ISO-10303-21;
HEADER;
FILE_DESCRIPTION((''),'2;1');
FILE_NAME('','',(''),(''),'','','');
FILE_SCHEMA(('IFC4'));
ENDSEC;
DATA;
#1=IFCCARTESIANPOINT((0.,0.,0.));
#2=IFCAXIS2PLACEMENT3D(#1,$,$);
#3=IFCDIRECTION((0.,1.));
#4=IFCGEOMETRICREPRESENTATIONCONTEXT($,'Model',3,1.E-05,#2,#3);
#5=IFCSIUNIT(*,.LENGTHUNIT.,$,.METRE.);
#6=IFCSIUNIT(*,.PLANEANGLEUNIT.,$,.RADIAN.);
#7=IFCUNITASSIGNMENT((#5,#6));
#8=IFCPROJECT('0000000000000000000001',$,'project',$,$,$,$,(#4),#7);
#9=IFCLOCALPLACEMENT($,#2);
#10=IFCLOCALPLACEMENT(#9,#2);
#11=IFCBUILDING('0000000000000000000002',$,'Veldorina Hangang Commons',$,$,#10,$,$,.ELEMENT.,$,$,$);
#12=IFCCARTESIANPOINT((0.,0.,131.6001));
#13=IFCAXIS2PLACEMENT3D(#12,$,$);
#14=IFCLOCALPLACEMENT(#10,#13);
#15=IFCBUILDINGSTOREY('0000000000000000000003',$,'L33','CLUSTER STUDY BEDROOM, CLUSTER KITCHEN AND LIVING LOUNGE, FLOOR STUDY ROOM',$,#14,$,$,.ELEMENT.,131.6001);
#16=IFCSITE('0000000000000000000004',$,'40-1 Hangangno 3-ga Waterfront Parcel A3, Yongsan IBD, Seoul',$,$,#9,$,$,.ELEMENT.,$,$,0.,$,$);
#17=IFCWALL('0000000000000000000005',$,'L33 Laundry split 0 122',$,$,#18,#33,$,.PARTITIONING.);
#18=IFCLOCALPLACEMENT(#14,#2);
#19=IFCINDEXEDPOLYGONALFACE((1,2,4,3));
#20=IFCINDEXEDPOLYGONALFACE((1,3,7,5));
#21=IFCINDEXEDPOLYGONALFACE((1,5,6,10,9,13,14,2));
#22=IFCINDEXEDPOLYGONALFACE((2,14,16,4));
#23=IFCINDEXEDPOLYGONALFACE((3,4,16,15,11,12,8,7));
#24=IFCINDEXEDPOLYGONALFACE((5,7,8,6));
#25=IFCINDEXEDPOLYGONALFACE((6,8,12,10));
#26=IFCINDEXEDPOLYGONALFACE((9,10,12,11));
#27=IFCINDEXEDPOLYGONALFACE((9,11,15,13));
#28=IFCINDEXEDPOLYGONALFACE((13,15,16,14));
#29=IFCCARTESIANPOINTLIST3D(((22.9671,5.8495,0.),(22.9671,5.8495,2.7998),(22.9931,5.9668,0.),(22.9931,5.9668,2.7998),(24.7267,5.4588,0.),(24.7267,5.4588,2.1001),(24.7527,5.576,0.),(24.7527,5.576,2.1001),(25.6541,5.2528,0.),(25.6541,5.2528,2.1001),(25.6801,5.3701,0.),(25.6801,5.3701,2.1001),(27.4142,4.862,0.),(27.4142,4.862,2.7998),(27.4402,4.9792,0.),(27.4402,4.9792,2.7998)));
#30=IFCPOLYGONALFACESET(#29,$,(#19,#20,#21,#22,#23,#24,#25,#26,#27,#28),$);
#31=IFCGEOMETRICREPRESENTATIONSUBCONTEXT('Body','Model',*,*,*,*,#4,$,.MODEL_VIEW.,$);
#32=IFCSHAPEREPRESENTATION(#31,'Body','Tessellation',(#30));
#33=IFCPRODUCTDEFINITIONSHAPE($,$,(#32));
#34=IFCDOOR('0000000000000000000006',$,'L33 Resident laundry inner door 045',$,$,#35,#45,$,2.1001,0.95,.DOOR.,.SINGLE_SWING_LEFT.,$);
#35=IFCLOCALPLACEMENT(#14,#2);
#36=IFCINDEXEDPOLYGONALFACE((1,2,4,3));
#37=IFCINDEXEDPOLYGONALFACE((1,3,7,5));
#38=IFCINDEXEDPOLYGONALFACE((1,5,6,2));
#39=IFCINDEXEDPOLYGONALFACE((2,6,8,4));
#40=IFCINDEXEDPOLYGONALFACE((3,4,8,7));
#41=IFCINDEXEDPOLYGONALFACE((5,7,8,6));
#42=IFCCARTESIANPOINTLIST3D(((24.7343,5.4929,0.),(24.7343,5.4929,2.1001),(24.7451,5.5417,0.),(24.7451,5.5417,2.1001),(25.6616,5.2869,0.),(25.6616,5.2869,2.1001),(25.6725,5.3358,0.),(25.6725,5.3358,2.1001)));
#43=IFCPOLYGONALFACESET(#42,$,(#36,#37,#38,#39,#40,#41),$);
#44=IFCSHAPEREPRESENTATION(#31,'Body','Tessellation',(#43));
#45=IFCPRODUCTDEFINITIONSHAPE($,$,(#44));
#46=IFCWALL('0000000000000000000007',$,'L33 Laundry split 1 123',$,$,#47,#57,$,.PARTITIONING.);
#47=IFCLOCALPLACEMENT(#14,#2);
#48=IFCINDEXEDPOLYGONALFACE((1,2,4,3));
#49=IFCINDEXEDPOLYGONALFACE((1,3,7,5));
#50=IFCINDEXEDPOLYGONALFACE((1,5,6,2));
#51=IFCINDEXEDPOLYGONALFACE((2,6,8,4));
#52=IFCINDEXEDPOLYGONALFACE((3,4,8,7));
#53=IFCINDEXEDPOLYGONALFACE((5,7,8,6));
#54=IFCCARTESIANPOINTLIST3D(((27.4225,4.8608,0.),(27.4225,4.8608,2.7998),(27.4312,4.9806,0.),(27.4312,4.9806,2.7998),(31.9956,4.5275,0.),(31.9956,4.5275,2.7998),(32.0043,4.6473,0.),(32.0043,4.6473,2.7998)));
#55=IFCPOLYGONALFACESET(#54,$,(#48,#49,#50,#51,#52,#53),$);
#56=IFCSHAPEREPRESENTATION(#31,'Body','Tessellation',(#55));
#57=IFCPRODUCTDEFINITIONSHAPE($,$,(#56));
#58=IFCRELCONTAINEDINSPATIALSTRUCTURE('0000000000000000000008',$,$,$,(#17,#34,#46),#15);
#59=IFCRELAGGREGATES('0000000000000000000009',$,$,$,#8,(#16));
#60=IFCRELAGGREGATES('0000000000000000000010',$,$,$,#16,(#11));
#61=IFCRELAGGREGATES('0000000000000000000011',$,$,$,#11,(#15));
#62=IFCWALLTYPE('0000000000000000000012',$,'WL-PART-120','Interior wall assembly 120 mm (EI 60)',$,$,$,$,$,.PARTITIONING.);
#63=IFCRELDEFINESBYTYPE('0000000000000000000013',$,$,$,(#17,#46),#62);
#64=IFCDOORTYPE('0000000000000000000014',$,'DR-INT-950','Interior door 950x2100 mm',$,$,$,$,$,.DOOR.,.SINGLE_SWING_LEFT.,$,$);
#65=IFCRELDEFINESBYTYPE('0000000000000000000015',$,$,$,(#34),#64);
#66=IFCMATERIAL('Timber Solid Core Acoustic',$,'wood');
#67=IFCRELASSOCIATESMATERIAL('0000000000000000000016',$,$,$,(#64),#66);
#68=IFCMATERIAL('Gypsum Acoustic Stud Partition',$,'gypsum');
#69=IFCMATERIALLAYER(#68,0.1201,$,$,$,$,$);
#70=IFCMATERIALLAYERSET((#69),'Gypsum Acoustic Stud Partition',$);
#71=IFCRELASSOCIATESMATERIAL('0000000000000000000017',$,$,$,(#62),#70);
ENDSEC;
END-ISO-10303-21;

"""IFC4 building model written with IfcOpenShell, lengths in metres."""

from ifc_helpers import new_model, si_unit, direction, frame, frame_2d, origin, place, context, subcontext, project, spatial, rectangle, extrude, material, layer, layer_set, type_object, element, fill, save


model = new_model("IFC4")

# Units and contexts
model_context = context("Model", 3, precision=1e-05, world=origin(), true_north=direction((0.0, 1.0)))
body_context = subcontext(model_context, "Body", "Model", "MODEL_VIEW")
ifc_project = project(units=[si_unit("LENGTHUNIT", "METRE"), si_unit("PLANEANGLEUNIT", "RADIAN")], contexts=[model_context])

# Site, building, storey
site_placement = place(None, origin())
site = spatial("IfcSite", under=ifc_project, at=site_placement, Name="40-1 Hangangno 3-ga Waterfront Parcel A3, Yongsan IBD, Seoul", CompositionType="ELEMENT", RefElevation=0.0)
building_placement = place(site_placement, origin())
building = spatial("IfcBuilding", under=site, at=building_placement, Name="Veldorina Hangang Commons", CompositionType="ELEMENT")
storey_placement = place(building_placement, frame((0.0, 0.0, 131.6001)))
storey = spatial("IfcBuildingStorey", under=building, at=storey_placement, Name="L33", Description="CLUSTER STUDY BEDROOM, CLUSTER KITCHEN AND LIVING LOUNGE, FLOOR STUDY ROOM", CompositionType="ELEMENT", Elevation=131.6001)

# Shared definitions
ifc_material_1 = material(Name="Timber Solid Core Acoustic", Category="wood")
door_type_1 = type_object("IfcDoorType", Name="DR-INT-950", Description="Interior door 950x2100 mm", OperationType="SINGLE_SWING_LEFT", PredefinedType="DOOR", material=ifc_material_1)

# Wall, opening, door
ifc_material_2 = material(Name="Gypsum Acoustic Stud Partition", Category="gypsum")
ifc_layer_1 = layer(ifc_material_2, 0.1201)
ifc_layer_set_1 = layer_set([ifc_layer_1], Name="Gypsum Acoustic Stud Partition")
wall_type_1 = type_object("IfcWallType", Name="WL-PART-120", Description="Interior wall assembly 120 mm (EI 60)", PredefinedType="PARTITIONING", material=ifc_layer_set_1)
wall_1_placement = place(storey_placement, frame((22.98, 5.9082, 0.0), z_axis=(0.0, 0.0, 1.0), x_axis=(0.976219, -0.216789, 0.0)))
wall_1 = element("IfcWall", 1, at=wall_1_placement, inside=storey, type_object=wall_type_1, Name="L33 Laundry split 0 122", PredefinedType="PARTITIONING", context=body_context, shape_type="SweptSolid", body=[
    extrude(rectangle(XDim=4.5554, YDim=0.1201, at=frame_2d((2.2778, 0.0))), origin(), (0.0, 0.0, 1.0), 2.7998),
])
opening_1_placement = place(wall_1_placement, frame((1.8025, 0.0, 0.0)))
opening_1 = element("IfcOpeningElement", 2, at=opening_1_placement, cuts=wall_1, PredefinedType="OPENING", context=body_context, shape_type="SweptSolid", body=[
    extrude(rectangle(XDim=0.95, YDim=2.1001, at=frame_2d((0.4751, 1.05))), frame((0.0, 0.0701, 0.0), z_axis=(0.0, -1.0, 0.0), x_axis=(1.0, 0.0, 0.0)), (0.0, 0.0, 1.0), 0.1401),
])
door_1_placement = place(opening_1_placement, origin())
door_1 = element("IfcDoor", 3, at=door_1_placement, inside=storey, type_object=door_type_1, Name="L33 Resident laundry inner door 045", OperationType="SINGLE_SWING_LEFT", OverallHeight=2.1001, OverallWidth=0.95, PredefinedType="DOOR", context=body_context, shape_type="SweptSolid", body=[
    extrude(rectangle(XDim=0.95, YDim=2.1001, at=frame_2d((0.4751, 1.05))), frame((0.0, 0.0249, 0.0), z_axis=(0.0, -1.0, 0.0), x_axis=(1.0, 0.0, 0.0)), (0.0, 0.0, 1.0), 0.05),
])
fill(opening_1, door_1)

# Wall
wall_2_placement = place(storey_placement, frame((27.427, 4.9207, 0.0), z_axis=(0.0, 0.0, 1.0), x_axis=(0.997355, -0.072681, 0.0)))
element("IfcWall", 4, at=wall_2_placement, inside=storey, type_object=wall_type_1, Name="L33 Laundry split 1 123", PredefinedType="PARTITIONING", context=body_context, shape_type="SweptSolid", body=[
    extrude(rectangle(XDim=4.5852, YDim=0.1201, at=frame_2d((2.2925, 0.0))), origin(), (0.0, 0.0, 1.0), 2.7998),
])

save(model, "model.ifc")
